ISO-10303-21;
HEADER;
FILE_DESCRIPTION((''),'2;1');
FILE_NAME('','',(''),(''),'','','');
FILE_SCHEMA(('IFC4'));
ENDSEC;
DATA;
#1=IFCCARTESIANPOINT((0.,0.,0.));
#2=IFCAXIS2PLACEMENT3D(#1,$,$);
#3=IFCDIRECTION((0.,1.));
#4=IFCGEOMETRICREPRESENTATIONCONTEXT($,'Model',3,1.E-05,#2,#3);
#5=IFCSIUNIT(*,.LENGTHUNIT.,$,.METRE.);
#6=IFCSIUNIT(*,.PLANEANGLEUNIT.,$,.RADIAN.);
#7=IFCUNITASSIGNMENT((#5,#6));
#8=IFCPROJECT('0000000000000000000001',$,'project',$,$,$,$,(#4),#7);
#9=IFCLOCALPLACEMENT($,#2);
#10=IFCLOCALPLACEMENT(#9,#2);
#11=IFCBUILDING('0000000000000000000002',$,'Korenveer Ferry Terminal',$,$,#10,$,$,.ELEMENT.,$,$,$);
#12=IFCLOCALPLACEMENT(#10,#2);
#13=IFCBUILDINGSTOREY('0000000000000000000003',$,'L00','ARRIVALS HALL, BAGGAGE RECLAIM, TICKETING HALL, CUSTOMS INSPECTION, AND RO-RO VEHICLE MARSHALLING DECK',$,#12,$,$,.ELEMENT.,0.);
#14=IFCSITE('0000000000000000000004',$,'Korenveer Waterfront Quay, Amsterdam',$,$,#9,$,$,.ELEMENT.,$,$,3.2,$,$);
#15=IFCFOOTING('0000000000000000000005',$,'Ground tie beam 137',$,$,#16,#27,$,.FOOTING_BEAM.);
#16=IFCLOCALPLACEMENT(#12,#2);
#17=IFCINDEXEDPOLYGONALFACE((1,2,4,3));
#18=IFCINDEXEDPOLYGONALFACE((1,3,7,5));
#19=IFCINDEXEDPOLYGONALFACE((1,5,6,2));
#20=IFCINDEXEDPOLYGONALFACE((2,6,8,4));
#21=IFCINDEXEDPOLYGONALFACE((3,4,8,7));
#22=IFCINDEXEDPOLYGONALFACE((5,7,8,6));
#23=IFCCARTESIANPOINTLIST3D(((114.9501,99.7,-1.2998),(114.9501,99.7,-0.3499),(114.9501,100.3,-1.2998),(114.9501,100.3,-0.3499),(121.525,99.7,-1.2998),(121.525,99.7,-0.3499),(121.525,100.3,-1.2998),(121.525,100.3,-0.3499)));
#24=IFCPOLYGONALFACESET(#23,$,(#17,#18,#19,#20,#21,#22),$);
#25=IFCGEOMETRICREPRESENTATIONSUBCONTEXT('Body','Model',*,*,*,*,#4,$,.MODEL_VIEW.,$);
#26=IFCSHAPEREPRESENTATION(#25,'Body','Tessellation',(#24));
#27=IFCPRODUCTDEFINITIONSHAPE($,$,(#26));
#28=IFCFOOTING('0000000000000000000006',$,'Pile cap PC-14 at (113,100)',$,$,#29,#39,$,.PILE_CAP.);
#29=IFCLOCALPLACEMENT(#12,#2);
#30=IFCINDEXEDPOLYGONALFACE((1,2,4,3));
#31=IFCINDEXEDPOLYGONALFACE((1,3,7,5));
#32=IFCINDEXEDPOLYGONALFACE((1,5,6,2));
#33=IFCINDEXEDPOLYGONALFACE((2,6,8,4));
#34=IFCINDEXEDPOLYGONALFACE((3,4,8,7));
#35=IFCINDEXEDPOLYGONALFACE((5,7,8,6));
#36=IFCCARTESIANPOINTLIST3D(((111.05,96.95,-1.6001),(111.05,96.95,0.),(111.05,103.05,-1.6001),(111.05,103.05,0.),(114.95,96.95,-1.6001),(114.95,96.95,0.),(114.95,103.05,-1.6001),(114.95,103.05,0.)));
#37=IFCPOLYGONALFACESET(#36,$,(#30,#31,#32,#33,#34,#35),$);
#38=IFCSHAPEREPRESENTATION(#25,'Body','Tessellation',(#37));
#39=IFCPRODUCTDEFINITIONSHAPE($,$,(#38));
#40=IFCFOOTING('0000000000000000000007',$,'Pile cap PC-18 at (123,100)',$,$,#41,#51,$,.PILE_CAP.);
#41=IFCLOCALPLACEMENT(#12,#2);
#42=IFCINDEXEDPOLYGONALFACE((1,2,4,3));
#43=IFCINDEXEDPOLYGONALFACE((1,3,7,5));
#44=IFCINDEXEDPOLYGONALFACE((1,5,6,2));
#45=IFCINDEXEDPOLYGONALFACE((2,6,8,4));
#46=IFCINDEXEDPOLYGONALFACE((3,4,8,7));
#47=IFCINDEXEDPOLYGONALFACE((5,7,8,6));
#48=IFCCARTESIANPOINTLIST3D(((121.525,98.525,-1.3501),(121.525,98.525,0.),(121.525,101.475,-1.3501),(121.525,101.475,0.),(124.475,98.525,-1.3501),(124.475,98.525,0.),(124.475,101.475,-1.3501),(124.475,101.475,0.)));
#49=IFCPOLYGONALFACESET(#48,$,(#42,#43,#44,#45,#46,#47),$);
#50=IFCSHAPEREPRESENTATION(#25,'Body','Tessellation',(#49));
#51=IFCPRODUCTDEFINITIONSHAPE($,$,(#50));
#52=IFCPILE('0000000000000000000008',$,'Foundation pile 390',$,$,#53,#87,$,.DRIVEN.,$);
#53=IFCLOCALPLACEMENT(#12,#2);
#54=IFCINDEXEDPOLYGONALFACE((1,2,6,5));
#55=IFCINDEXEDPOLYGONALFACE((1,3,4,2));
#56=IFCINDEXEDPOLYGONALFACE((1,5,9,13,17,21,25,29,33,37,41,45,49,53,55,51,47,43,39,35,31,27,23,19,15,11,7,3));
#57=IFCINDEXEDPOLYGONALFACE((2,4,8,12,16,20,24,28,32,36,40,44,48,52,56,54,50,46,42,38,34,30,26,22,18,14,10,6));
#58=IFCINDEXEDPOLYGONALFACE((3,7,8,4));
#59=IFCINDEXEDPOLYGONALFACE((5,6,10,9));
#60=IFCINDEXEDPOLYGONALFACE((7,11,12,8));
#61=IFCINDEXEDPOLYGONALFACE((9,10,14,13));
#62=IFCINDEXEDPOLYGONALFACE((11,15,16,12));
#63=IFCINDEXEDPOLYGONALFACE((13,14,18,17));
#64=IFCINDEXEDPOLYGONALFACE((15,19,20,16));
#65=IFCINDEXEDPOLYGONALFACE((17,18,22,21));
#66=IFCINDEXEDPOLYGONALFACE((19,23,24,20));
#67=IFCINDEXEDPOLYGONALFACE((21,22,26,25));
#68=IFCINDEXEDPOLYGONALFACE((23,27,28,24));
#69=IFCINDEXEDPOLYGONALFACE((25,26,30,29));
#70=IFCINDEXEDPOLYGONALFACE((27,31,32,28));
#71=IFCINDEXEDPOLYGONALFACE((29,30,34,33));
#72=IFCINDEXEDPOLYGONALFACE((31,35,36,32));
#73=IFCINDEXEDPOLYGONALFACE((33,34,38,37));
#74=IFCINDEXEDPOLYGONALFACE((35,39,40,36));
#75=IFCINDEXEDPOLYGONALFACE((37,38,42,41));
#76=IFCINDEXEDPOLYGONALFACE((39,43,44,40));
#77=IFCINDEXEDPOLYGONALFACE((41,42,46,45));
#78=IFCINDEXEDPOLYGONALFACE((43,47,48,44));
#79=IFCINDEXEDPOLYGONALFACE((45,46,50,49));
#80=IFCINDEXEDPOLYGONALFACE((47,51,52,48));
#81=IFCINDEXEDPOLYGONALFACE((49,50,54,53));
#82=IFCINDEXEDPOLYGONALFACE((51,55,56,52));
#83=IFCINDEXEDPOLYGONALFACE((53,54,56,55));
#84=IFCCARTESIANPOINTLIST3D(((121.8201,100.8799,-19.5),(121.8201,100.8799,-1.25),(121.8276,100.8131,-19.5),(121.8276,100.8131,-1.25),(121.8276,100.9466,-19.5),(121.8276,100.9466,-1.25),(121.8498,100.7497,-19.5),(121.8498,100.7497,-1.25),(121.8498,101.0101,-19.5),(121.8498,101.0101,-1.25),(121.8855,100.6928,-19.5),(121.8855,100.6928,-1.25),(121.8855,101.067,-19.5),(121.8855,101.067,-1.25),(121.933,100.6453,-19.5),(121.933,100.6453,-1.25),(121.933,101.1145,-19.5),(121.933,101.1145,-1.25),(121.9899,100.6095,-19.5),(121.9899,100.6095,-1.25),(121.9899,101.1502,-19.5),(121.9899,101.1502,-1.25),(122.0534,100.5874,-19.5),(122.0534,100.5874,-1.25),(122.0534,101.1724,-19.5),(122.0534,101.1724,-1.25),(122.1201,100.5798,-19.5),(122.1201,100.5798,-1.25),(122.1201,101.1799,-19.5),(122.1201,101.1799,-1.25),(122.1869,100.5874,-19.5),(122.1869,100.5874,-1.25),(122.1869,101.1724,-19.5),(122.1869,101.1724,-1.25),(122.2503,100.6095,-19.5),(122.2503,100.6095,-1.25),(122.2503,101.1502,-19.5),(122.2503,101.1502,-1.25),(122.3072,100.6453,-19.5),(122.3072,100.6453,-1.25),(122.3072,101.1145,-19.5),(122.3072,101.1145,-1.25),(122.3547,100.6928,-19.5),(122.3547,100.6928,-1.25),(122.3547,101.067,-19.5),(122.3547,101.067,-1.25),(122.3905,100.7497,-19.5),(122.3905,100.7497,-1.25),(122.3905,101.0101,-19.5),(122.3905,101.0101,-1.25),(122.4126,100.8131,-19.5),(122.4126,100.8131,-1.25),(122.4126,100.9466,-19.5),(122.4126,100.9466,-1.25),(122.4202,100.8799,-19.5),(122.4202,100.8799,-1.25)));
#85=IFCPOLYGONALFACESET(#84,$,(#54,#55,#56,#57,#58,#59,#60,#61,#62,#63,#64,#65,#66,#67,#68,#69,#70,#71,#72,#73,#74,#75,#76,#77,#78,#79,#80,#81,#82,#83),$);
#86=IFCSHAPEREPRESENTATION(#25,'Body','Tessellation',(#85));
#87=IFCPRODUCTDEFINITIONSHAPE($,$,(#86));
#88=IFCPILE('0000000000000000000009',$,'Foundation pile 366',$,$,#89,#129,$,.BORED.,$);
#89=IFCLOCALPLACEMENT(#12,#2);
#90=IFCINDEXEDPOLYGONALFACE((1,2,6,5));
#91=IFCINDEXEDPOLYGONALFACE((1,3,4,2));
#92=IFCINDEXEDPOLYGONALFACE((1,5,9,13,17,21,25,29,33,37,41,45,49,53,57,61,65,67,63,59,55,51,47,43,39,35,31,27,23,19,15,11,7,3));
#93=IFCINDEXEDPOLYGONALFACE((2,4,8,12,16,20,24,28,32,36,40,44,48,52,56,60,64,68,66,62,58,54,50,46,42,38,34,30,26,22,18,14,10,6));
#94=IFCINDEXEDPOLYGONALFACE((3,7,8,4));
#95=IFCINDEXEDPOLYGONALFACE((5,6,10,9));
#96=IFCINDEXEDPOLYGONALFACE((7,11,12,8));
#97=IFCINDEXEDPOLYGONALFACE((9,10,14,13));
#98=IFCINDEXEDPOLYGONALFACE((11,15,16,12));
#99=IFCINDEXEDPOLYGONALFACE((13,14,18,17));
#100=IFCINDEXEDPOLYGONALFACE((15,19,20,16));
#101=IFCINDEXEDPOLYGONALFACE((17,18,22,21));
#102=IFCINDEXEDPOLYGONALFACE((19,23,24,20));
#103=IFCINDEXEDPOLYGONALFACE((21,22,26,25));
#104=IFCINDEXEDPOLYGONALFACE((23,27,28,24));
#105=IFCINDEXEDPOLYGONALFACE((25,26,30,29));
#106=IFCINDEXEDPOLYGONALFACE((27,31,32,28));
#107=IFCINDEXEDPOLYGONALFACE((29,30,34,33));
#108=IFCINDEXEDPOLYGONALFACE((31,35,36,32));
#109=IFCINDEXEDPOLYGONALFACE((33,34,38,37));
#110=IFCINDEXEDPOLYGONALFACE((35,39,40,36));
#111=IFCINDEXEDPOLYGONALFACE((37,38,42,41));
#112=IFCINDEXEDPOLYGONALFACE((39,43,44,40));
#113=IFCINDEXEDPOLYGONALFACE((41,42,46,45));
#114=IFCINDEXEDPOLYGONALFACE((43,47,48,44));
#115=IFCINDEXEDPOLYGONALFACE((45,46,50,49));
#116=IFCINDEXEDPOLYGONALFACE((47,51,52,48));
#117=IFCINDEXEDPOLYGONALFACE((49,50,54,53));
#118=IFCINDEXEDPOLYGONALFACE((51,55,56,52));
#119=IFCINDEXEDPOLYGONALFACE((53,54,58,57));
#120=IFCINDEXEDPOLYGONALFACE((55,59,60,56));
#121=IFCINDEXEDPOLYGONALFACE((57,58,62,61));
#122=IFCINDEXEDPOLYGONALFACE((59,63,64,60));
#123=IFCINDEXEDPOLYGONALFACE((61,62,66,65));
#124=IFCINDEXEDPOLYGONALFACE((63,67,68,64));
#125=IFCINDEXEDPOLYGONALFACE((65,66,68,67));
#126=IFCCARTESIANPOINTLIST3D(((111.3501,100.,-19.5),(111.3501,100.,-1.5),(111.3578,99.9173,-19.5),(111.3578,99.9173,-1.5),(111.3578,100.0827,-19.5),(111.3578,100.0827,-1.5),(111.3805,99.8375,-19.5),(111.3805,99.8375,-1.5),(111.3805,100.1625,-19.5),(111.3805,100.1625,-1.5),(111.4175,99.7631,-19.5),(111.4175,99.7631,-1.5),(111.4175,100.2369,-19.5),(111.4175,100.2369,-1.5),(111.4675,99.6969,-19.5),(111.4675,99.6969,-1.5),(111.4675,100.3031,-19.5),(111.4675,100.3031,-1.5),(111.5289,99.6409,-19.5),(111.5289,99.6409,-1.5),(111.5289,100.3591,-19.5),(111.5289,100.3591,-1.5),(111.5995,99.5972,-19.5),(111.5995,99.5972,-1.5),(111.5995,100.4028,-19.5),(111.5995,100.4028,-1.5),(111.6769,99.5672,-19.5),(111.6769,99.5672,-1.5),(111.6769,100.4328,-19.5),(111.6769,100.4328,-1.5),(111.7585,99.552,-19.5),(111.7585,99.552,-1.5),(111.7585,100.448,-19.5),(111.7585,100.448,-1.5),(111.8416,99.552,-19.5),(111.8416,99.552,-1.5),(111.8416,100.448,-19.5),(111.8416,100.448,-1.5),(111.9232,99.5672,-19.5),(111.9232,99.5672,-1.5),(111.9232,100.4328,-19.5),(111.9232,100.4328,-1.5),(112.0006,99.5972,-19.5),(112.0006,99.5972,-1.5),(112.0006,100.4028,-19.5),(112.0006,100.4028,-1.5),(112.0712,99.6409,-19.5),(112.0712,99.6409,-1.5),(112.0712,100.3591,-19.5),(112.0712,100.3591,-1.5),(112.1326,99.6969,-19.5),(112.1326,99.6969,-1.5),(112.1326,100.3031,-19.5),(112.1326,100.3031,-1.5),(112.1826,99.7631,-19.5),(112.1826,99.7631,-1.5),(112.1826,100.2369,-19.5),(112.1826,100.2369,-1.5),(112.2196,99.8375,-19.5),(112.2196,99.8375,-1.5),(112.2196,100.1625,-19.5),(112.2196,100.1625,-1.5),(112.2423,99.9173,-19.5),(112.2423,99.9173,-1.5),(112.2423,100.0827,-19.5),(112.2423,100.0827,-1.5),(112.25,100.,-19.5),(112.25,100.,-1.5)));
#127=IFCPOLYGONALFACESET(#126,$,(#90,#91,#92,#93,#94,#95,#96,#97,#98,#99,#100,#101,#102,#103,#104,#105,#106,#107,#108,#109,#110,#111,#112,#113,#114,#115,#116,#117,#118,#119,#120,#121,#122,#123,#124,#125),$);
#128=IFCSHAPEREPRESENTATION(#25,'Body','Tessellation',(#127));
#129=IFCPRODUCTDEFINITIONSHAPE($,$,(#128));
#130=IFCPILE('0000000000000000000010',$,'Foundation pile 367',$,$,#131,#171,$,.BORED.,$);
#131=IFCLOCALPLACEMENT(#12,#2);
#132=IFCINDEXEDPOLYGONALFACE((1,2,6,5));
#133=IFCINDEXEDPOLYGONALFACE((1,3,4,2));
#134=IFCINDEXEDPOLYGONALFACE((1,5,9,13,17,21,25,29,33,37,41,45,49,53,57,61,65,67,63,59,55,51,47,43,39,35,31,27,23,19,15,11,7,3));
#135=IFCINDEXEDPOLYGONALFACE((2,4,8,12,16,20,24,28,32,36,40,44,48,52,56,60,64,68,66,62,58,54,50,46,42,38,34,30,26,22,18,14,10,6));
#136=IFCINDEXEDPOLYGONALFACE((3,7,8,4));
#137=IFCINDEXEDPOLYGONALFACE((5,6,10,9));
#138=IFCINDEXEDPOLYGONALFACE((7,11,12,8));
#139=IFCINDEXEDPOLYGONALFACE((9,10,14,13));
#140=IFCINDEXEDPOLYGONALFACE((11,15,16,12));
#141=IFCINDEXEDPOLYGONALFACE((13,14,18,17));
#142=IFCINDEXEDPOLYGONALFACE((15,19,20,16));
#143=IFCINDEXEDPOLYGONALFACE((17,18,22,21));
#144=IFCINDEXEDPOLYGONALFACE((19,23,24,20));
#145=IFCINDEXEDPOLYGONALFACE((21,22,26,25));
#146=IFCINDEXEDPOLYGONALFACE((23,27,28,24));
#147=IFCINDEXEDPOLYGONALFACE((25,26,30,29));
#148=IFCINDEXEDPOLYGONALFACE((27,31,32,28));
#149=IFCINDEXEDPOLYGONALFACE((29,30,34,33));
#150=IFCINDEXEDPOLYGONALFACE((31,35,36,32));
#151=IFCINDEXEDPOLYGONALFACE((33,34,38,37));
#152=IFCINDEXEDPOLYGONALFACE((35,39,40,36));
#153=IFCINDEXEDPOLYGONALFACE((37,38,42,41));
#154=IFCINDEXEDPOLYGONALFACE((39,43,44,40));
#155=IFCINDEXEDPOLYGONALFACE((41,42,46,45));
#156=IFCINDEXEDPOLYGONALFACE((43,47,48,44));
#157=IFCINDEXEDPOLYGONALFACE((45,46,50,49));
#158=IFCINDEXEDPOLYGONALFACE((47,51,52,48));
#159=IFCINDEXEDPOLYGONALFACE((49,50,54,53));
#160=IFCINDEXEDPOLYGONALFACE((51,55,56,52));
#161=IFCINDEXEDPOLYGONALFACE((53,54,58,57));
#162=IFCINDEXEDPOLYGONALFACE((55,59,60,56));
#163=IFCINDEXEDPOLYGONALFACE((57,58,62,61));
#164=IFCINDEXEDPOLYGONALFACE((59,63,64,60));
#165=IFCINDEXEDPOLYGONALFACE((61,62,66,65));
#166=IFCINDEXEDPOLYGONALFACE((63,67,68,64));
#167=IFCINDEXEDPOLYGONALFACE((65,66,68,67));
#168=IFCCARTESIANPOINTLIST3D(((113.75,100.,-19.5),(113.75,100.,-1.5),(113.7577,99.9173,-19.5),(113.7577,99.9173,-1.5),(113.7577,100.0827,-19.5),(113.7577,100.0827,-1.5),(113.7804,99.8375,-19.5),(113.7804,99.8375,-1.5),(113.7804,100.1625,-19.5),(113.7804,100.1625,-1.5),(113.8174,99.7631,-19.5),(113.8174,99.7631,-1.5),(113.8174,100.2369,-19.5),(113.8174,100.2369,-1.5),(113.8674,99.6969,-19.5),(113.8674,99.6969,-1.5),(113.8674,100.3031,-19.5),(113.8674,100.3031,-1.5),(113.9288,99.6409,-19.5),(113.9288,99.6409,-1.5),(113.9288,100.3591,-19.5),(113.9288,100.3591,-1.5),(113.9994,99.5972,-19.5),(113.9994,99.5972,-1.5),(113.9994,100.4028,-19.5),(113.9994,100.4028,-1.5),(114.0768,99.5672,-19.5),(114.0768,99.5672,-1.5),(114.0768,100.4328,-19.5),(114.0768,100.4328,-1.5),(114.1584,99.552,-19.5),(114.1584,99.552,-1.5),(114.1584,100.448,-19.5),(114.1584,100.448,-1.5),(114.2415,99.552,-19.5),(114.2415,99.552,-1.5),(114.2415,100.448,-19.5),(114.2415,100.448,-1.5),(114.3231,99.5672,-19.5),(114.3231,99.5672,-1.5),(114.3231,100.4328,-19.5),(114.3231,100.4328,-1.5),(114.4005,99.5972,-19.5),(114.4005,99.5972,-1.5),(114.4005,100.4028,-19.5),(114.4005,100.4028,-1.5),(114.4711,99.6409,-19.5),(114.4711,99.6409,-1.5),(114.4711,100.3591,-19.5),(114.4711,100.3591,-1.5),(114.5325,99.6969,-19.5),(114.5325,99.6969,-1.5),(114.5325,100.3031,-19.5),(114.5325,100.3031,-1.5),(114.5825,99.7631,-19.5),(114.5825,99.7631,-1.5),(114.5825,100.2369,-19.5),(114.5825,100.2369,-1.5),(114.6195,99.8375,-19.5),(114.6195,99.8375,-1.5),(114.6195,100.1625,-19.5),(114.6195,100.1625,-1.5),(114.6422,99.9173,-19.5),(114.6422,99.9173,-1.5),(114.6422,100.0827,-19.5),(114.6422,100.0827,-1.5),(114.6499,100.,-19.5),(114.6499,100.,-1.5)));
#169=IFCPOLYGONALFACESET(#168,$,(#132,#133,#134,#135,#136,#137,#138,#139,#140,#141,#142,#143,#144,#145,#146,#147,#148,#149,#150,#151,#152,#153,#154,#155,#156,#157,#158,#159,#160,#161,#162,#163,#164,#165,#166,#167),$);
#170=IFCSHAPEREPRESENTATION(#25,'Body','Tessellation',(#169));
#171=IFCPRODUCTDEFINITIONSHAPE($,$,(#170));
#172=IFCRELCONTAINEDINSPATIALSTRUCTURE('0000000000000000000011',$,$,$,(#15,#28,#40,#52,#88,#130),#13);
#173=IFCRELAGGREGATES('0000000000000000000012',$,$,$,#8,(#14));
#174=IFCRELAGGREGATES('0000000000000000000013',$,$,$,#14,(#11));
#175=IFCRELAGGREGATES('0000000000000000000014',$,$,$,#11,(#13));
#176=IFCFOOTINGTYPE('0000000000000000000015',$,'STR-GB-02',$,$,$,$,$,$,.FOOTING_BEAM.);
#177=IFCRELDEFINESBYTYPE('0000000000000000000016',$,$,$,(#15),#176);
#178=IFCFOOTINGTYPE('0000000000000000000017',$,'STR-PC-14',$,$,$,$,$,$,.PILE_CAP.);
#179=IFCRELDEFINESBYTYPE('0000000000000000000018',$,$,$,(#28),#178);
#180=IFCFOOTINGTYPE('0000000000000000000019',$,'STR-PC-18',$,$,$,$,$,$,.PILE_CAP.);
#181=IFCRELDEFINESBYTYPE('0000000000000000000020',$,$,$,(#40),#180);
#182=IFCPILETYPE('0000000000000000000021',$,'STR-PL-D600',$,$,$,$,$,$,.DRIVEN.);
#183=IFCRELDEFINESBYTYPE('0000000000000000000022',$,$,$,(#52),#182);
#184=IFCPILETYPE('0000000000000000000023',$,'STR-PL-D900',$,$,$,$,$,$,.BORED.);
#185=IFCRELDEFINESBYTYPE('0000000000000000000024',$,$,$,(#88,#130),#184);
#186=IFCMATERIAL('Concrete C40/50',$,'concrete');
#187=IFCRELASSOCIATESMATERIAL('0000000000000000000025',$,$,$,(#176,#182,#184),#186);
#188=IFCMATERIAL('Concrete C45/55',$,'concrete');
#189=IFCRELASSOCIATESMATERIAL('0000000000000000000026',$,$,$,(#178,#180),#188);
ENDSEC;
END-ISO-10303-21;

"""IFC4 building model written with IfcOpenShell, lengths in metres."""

from ifc_helpers import new_model, si_unit, direction, frame, origin, origin_2d, place, context, subcontext, project, spatial, rectangle, circle, extrude, material, material_profile, profile_set, type_object, element, save


model = new_model("IFC4")

# Units and contexts
model_context = context("Model", 3, precision=1e-05, world=origin(), true_north=direction((0.0, 1.0)))
body_context = subcontext(model_context, "Body", "Model", "MODEL_VIEW")
ifc_project = project(units=[si_unit("LENGTHUNIT", "METRE"), si_unit("PLANEANGLEUNIT", "RADIAN")], contexts=[model_context])

# Site, building, storey
site_placement = place(None, origin())
site = spatial("IfcSite", under=ifc_project, at=site_placement, Name="Korenveer Waterfront Quay, Amsterdam", CompositionType="ELEMENT", RefElevation=3.2)
building_placement = place(site_placement, origin())
building = spatial("IfcBuilding", under=site, at=building_placement, Name="Korenveer Ferry Terminal", CompositionType="ELEMENT")
storey_placement = place(building_placement, origin())
storey = spatial("IfcBuildingStorey", under=building, at=storey_placement, Name="L00", Description="ARRIVALS HALL, BAGGAGE RECLAIM, TICKETING HALL, CUSTOMS INSPECTION, AND RO-RO VEHICLE MARSHALLING DECK", CompositionType="ELEMENT", Elevation=0.0)

# Footings
ifc_material_1 = material(Name="Concrete C40/50", Category="concrete")
footing_type_1 = type_object("IfcFootingType", Name="STR-GB-02", PredefinedType="FOOTING_BEAM", material=ifc_material_1)
footing_1_placement = place(storey_placement, frame((118.2375, 100.0, -1.2998), z_axis=(0.0, 0.0, 1.0), x_axis=(1.0, 0.0, 0.0)))
element("IfcFooting", 1, at=footing_1_placement, inside=storey, type_object=footing_type_1, Name="Ground tie beam 137", PredefinedType="FOOTING_BEAM", context=body_context, shape_type="SweptSolid", body=[
    extrude(rectangle(XDim=6.575, YDim=0.6001, at=origin_2d()), origin(), (0.0, 0.0, 1.0), 0.95),
])
ifc_material_2 = material(Name="Concrete C45/55", Category="concrete")
footing_type_2 = type_object("IfcFootingType", Name="STR-PC-14", PredefinedType="PILE_CAP", material=ifc_material_2)
footing_2_placement = place(storey_placement, frame((113.0, 100.0, -1.6001), z_axis=(0.0, 0.0, 1.0), x_axis=(1.0, 0.0, 0.0)))
element("IfcFooting", 2, at=footing_2_placement, inside=storey, type_object=footing_type_2, Name="Pile cap PC-14 at (113,100)", PredefinedType="PILE_CAP", context=body_context, shape_type="SweptSolid", body=[
    extrude(rectangle(XDim=3.8999, YDim=6.1001, at=origin_2d()), origin(), (0.0, 0.0, 1.0), 1.6001),
])
footing_type_3 = type_object("IfcFootingType", Name="STR-PC-18", PredefinedType="PILE_CAP", material=ifc_material_2)
footing_3_placement = place(storey_placement, frame((123.0, 100.0, -1.3501), z_axis=(0.0, 0.0, 1.0), x_axis=(1.0, 0.0, 0.0)))
element("IfcFooting", 3, at=footing_3_placement, inside=storey, type_object=footing_type_3, Name="Pile cap PC-18 at (123,100)", PredefinedType="PILE_CAP", context=body_context, shape_type="SweptSolid", body=[
    extrude(rectangle(XDim=2.95, YDim=2.95, at=origin_2d()), origin(), (0.0, 0.0, 1.0), 1.3501),
])

# Piles
ifc_material_profile_1 = material_profile(ifc_material_1, circle(Radius=0.3, at=origin_2d()), Name="PILE D600")
ifc_profile_set_1 = profile_set([ifc_material_profile_1], Name="Concrete C40/50")
pile_type_1 = type_object("IfcPileType", Name="STR-PL-D600", PredefinedType="DRIVEN", material=ifc_profile_set_1)
pile_placement = place(storey_placement, frame((122.1201, 100.8799, -1.25), z_axis=(0.0, 0.0, -1.0), x_axis=(1.0, 0.0, 0.0)))
element("IfcPile", 4, at=pile_placement, inside=storey, type_object=pile_type_1, Name="Foundation pile 390", PredefinedType="DRIVEN", context=body_context, shape_type="SweptSolid", body=[
    extrude(circle(Radius=0.3, at=origin_2d()), origin(), (0.0, 0.0, 1.0), 18.25),
])
ifc_material_profile_2 = material_profile(ifc_material_1, circle(Radius=0.45, at=origin_2d()), Name="PILE D900")
ifc_profile_set_2 = profile_set([ifc_material_profile_2], Name="Concrete C40/50")
pile_type_2 = type_object("IfcPileType", Name="STR-PL-D900", PredefinedType="BORED", material=ifc_profile_set_2)
for number, where, z_axis, x_axis, name in (
    (5, (111.8, 100.0, -1.5), (0.0, 0.0, -1.0), (1.0, 0.0, 0.0), "Foundation pile 366"),
    (6, (114.2, 100.0, -1.5), (0.0, 0.0, -1.0), (1.0, 0.0, 0.0), "Foundation pile 367"),
):
    element("IfcPile", number, at=place(storey_placement, frame(where, z_axis=z_axis, x_axis=x_axis)), inside=storey, type_object=pile_type_2, Name=name, PredefinedType="BORED", context=body_context, shape_type="SweptSolid", body=[
        extrude(circle(Radius=0.45, at=origin_2d()), origin(), (0.0, 0.0, 1.0), 18.0),
    ])

save(model, "model.ifc")
